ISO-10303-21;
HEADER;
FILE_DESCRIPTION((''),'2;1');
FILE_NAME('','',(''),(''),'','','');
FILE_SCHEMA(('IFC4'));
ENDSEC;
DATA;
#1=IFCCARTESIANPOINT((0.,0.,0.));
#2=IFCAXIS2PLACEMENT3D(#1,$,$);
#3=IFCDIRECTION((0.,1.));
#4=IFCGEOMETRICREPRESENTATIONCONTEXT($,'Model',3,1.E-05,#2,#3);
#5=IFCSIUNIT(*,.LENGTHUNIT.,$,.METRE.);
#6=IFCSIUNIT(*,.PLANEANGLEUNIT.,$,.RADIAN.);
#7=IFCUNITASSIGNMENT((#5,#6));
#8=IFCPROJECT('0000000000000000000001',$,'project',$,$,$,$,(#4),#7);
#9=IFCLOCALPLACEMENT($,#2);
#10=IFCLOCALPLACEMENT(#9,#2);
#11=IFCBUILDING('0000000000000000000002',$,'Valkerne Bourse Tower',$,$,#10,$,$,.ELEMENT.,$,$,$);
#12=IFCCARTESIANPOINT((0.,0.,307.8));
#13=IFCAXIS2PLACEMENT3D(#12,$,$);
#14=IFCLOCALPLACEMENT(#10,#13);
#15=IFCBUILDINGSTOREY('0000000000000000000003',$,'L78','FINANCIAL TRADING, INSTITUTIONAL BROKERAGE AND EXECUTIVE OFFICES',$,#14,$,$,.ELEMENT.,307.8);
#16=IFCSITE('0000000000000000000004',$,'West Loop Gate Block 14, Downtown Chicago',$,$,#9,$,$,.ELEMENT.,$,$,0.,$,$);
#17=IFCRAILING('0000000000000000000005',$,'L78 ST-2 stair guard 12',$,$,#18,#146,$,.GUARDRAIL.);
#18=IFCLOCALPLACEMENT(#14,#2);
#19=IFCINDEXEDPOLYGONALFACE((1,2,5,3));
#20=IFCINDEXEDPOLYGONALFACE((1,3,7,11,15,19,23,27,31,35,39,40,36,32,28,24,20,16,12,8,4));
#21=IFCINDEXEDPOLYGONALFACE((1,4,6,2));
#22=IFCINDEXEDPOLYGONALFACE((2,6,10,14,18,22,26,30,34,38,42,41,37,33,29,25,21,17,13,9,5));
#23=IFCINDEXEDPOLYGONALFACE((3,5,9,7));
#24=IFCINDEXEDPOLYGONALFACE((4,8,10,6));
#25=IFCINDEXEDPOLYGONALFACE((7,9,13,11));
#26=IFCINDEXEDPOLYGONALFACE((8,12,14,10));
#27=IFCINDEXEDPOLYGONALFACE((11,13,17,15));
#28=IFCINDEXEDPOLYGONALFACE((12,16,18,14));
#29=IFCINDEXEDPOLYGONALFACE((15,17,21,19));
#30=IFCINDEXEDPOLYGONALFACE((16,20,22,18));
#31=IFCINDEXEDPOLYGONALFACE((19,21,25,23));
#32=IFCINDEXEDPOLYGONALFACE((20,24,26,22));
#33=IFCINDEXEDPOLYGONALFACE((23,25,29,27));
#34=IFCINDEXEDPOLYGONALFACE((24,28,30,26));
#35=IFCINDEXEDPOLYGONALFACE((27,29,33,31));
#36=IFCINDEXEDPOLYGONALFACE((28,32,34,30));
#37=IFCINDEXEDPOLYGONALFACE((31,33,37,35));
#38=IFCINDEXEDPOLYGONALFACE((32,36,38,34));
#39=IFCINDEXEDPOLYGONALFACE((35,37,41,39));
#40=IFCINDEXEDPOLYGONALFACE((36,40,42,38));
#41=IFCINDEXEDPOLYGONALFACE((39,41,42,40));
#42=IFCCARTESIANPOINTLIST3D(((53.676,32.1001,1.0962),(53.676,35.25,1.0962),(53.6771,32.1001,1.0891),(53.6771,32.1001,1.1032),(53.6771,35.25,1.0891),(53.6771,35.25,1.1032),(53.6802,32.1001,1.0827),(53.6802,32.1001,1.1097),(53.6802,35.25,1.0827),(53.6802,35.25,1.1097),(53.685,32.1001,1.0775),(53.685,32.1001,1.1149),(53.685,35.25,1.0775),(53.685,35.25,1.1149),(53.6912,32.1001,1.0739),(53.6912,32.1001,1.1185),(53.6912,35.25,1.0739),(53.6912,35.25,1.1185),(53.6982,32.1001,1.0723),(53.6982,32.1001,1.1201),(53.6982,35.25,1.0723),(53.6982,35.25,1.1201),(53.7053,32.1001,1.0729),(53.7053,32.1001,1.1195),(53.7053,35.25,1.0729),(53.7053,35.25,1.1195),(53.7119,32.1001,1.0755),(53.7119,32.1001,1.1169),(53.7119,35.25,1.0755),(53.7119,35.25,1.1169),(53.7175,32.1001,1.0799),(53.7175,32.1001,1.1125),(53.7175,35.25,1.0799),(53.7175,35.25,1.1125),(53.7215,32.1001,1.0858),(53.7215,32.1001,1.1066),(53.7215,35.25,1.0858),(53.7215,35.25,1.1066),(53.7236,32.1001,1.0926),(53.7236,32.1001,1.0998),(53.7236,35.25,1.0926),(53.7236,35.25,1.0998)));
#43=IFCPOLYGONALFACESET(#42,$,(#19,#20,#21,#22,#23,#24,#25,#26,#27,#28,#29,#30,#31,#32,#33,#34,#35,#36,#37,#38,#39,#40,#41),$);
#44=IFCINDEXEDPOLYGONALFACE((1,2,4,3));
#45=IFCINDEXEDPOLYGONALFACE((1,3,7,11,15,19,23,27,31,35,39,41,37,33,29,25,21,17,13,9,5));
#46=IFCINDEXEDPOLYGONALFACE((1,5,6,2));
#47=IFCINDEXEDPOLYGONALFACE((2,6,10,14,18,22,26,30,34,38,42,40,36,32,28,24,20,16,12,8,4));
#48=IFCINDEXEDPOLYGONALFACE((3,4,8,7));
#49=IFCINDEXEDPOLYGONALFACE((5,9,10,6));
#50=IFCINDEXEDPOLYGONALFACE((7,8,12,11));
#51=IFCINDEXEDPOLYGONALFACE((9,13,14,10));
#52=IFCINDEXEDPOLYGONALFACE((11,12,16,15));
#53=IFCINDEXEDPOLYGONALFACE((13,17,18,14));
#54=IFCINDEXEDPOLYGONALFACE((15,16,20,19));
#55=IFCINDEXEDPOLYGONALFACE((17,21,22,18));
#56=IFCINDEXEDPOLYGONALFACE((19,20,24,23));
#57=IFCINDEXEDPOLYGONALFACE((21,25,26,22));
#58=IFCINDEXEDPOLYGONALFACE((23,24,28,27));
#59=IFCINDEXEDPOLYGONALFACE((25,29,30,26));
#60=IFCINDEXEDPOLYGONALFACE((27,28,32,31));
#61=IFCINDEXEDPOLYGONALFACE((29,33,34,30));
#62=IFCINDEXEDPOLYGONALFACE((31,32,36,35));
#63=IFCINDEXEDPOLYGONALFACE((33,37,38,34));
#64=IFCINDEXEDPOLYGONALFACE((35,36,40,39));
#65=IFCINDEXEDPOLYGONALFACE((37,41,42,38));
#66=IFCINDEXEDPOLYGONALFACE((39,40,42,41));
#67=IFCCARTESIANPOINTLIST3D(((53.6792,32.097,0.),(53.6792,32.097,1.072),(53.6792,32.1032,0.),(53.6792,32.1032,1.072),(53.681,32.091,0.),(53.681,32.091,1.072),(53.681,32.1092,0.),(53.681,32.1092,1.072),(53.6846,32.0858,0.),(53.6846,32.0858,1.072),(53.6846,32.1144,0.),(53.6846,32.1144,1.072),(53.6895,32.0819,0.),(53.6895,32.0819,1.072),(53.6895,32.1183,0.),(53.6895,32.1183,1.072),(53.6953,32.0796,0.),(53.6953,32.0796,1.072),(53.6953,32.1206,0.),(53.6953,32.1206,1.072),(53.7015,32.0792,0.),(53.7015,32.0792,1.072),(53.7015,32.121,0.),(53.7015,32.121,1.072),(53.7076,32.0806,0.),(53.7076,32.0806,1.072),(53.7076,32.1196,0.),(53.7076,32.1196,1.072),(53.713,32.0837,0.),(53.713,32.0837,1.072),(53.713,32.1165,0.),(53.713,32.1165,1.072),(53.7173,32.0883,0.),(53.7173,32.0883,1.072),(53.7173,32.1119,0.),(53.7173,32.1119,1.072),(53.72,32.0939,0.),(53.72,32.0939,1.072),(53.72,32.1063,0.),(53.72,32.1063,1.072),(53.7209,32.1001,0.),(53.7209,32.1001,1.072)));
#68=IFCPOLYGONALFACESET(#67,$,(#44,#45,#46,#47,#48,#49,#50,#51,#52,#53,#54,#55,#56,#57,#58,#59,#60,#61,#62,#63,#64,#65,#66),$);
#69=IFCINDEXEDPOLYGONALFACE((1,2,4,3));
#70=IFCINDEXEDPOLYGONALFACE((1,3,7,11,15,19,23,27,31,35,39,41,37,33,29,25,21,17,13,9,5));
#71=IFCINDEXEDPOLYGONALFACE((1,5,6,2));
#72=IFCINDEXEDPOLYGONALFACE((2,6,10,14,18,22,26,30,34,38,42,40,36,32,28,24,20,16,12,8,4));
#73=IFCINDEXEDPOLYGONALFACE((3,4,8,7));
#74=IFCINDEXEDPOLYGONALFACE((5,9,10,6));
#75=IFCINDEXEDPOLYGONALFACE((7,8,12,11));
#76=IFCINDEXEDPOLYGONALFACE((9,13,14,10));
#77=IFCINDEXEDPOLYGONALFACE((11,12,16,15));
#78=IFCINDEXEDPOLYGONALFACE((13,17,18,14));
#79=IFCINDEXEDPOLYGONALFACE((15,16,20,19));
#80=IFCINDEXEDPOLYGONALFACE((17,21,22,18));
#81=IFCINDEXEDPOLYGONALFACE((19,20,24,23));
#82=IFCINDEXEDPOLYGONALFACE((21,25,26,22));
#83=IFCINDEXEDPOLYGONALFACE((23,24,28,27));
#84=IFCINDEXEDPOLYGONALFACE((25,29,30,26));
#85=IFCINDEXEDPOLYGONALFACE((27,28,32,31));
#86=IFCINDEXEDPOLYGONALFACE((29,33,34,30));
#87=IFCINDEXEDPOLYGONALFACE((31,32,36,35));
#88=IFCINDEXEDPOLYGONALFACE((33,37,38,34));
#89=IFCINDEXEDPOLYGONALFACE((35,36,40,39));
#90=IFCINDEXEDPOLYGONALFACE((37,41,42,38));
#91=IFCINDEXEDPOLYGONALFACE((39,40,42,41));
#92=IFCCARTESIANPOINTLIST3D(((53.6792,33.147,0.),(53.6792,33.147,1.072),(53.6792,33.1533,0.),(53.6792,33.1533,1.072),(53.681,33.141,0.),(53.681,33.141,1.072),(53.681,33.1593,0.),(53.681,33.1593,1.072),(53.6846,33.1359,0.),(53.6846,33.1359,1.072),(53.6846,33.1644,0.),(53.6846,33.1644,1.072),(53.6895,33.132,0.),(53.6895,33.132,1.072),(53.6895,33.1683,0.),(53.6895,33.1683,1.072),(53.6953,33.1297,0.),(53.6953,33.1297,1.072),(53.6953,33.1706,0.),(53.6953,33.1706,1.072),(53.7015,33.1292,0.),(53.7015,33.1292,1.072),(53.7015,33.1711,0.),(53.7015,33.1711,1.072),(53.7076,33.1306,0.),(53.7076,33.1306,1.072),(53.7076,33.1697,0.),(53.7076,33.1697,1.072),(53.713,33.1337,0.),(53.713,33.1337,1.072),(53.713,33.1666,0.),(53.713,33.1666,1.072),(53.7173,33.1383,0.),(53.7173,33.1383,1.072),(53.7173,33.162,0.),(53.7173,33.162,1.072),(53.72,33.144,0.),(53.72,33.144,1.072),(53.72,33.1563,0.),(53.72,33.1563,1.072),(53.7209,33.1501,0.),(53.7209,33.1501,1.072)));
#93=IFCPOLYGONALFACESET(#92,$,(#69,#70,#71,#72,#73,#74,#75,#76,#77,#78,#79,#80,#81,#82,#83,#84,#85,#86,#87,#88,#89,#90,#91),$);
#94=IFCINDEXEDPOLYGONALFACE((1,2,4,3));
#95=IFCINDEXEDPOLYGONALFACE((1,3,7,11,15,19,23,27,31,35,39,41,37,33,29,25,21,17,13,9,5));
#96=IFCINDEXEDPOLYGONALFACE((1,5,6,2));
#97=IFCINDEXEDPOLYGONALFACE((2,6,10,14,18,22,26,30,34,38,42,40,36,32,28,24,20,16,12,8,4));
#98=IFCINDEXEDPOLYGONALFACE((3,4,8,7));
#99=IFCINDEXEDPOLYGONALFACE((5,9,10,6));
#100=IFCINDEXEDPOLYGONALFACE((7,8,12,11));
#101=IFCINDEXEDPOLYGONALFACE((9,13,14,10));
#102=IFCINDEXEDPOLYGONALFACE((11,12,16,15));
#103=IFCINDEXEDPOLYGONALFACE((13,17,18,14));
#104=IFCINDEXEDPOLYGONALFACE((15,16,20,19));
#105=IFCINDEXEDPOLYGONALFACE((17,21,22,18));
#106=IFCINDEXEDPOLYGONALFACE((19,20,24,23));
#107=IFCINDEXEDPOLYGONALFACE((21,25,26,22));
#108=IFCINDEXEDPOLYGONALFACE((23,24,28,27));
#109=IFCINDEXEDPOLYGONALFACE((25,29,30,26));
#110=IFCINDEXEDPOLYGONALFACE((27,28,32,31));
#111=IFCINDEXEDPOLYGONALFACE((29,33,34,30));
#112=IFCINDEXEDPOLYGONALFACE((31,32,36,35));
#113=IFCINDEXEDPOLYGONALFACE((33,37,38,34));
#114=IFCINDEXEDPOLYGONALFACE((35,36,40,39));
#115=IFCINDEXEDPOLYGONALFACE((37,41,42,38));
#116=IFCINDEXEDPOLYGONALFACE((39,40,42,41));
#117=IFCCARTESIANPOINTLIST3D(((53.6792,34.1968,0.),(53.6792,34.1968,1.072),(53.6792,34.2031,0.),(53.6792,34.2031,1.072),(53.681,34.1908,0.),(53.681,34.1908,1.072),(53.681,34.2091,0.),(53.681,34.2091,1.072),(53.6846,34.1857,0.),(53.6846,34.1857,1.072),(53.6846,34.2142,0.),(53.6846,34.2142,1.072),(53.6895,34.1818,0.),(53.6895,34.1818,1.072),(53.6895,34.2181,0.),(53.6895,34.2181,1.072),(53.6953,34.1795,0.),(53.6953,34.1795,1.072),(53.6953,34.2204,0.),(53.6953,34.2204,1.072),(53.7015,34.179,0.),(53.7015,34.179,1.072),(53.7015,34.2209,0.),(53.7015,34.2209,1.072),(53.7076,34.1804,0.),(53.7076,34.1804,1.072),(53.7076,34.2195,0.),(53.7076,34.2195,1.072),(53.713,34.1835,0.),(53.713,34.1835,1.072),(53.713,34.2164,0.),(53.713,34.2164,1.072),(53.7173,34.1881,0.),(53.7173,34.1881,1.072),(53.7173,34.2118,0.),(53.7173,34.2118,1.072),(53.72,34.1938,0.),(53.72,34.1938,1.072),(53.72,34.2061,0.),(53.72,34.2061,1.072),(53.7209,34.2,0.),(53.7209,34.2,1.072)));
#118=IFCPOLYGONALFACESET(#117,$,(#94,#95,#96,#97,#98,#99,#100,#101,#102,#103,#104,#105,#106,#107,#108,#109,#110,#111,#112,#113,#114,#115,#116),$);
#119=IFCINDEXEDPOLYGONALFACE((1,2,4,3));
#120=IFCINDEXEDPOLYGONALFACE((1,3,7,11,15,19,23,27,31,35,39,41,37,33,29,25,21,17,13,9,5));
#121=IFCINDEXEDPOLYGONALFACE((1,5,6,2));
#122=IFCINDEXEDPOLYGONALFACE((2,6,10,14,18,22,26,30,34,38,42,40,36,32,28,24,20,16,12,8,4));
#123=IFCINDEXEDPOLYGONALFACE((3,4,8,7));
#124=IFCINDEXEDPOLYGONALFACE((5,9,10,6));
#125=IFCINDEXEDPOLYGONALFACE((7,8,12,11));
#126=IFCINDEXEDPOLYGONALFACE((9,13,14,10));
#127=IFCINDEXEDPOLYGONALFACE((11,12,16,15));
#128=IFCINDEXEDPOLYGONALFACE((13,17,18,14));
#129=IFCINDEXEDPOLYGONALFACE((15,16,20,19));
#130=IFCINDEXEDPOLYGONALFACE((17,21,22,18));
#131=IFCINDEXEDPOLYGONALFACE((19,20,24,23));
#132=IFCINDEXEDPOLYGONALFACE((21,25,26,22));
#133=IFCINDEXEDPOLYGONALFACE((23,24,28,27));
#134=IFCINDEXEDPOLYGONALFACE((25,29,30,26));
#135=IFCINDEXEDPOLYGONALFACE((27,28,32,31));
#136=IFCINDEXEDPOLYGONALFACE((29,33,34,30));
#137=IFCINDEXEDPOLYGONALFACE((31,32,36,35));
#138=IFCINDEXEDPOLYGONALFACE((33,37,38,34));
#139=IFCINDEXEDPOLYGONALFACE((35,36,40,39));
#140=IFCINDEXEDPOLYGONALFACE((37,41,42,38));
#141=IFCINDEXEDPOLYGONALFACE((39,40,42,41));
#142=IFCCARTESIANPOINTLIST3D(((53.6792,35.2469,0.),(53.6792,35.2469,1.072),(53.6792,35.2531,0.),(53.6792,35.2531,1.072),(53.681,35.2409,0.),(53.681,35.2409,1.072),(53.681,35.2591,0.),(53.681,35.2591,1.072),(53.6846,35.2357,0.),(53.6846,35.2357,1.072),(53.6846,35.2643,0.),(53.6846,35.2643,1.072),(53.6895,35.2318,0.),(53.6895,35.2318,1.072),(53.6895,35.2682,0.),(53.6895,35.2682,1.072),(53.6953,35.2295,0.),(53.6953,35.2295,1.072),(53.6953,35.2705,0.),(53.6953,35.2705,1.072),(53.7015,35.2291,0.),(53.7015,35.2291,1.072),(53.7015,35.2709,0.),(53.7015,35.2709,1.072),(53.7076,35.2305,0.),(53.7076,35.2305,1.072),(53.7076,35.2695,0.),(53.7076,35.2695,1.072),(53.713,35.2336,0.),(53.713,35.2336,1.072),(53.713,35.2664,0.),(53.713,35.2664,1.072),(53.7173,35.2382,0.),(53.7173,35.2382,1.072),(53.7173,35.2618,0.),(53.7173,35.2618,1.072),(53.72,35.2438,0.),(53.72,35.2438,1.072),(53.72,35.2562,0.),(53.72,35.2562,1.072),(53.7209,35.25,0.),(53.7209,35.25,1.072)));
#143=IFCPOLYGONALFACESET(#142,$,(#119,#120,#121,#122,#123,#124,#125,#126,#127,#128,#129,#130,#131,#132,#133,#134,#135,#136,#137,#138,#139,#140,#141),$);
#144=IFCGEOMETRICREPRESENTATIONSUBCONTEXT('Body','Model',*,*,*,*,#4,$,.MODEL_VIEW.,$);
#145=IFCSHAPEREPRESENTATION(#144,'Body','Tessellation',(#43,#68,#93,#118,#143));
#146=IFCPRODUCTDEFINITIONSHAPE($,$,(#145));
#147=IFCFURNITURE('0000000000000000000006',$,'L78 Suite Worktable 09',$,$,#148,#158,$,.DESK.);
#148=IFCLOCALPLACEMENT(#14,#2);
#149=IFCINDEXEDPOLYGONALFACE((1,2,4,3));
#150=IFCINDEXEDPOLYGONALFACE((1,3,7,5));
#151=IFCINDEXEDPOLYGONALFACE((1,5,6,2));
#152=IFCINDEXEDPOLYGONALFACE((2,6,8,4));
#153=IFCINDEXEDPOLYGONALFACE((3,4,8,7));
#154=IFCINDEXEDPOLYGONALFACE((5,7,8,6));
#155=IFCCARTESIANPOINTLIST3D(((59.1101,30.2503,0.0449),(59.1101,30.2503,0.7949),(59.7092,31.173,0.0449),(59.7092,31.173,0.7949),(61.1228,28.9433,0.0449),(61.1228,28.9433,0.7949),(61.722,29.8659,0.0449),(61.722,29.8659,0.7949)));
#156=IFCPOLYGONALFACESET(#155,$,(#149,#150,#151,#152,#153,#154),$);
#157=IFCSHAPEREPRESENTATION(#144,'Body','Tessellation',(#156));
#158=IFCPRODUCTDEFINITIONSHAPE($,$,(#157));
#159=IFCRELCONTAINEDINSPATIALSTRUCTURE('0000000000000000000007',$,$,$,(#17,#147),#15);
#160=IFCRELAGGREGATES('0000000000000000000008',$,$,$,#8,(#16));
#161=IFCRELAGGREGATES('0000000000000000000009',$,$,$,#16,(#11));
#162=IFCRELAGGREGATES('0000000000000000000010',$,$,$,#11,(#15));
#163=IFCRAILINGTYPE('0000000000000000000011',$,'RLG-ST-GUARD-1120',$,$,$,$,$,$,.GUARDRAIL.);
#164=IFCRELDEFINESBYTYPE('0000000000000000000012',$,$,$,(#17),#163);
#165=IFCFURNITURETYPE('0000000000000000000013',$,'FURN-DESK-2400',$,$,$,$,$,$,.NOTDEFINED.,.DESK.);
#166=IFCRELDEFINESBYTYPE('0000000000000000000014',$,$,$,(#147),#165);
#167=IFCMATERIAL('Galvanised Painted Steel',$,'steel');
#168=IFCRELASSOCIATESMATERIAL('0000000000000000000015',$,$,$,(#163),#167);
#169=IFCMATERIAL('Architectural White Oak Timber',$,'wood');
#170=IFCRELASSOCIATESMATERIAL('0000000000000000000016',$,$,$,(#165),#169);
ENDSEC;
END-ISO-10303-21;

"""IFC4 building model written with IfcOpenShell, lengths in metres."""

from ifc_helpers import new_model, si_unit, direction, frame, origin, origin_2d, place, context, subcontext, project, spatial, rectangle, circle, extrude, material, type_object, element, save


model = new_model("IFC4")

# Units and contexts
model_context = context("Model", 3, precision=1e-05, world=origin(), true_north=direction((0.0, 1.0)))
body_context = subcontext(model_context, "Body", "Model", "MODEL_VIEW")
ifc_project = project(units=[si_unit("LENGTHUNIT", "METRE"), si_unit("PLANEANGLEUNIT", "RADIAN")], contexts=[model_context])

# Site, building, storey
site_placement = place(None, origin())
site = spatial("IfcSite", under=ifc_project, at=site_placement, Name="West Loop Gate Block 14, Downtown Chicago", CompositionType="ELEMENT", RefElevation=0.0)
building_placement = place(site_placement, origin())
building = spatial("IfcBuilding", under=site, at=building_placement, Name="Valkerne Bourse Tower", CompositionType="ELEMENT")
storey_placement = place(building_placement, frame((0.0, 0.0, 307.8)))
storey = spatial("IfcBuildingStorey", under=building, at=storey_placement, Name="L78", Description="FINANCIAL TRADING, INSTITUTIONAL BROKERAGE AND EXECUTIVE OFFICES", CompositionType="ELEMENT", Elevation=307.8)

# Shared definitions
ifc_material_1 = material(Name="Architectural White Oak Timber", Category="wood")

# Railing
ifc_material_2 = material(Name="Galvanised Painted Steel", Category="steel")
railing_type = type_object("IfcRailingType", Name="RLG-ST-GUARD-1120", PredefinedType="GUARDRAIL", material=ifc_material_2)
railing_1_placement = place(storey_placement, frame((53.7, 32.1001, 0.0)))
element("IfcRailing", 1, at=railing_1_placement, inside=storey, type_object=railing_type, Name="L78 ST-2 stair guard 12", PredefinedType="GUARDRAIL", context=body_context, shape_type="SweptSolid", body=[
    extrude(circle(Radius=0.0239, at=origin_2d()), frame((0.0, 0.0, 1.0962), z_axis=(0.0, 1.0, 0.0), x_axis=(-1.0, 0.0, 0.0)), (0.0, 0.0, 1.0), 3.1499),
    extrude(circle(Radius=0.021, at=origin_2d()), origin(), (0.0, 0.0, 1.0), 1.072),
    extrude(circle(Radius=0.021, at=origin_2d()), frame((0.0, 1.05, 0.0)), (0.0, 0.0, 1.0), 1.072),
    extrude(circle(Radius=0.021, at=origin_2d()), frame((0.0, 2.0999, 0.0)), (0.0, 0.0, 1.0), 1.072),
    extrude(circle(Radius=0.021, at=origin_2d()), frame((0.0, 3.1499, 0.0)), (0.0, 0.0, 1.0), 1.072),
])

# Furniture
furniture_type = type_object("IfcFurnitureType", Name="FURN-DESK-2400", AssemblyPlace="NOTDEFINED", PredefinedType="DESK", material=ifc_material_1)
furniture_placement = place(storey_placement, frame((60.416, 30.0581, 0.0449), z_axis=(0.0, 0.0, 1.0), x_axis=(-0.838671, 0.544639, 0.0)))
element("IfcFurniture", 2, at=furniture_placement, inside=storey, type_object=furniture_type, Name="L78 Suite Worktable 09", PredefinedType="DESK", context=body_context, shape_type="SweptSolid", body=[
    extrude(rectangle(XDim=2.3999, YDim=1.1001, at=origin_2d()), origin(), (0.0, 0.0, 1.0), 0.75),
])

save(model, "model.ifc")
